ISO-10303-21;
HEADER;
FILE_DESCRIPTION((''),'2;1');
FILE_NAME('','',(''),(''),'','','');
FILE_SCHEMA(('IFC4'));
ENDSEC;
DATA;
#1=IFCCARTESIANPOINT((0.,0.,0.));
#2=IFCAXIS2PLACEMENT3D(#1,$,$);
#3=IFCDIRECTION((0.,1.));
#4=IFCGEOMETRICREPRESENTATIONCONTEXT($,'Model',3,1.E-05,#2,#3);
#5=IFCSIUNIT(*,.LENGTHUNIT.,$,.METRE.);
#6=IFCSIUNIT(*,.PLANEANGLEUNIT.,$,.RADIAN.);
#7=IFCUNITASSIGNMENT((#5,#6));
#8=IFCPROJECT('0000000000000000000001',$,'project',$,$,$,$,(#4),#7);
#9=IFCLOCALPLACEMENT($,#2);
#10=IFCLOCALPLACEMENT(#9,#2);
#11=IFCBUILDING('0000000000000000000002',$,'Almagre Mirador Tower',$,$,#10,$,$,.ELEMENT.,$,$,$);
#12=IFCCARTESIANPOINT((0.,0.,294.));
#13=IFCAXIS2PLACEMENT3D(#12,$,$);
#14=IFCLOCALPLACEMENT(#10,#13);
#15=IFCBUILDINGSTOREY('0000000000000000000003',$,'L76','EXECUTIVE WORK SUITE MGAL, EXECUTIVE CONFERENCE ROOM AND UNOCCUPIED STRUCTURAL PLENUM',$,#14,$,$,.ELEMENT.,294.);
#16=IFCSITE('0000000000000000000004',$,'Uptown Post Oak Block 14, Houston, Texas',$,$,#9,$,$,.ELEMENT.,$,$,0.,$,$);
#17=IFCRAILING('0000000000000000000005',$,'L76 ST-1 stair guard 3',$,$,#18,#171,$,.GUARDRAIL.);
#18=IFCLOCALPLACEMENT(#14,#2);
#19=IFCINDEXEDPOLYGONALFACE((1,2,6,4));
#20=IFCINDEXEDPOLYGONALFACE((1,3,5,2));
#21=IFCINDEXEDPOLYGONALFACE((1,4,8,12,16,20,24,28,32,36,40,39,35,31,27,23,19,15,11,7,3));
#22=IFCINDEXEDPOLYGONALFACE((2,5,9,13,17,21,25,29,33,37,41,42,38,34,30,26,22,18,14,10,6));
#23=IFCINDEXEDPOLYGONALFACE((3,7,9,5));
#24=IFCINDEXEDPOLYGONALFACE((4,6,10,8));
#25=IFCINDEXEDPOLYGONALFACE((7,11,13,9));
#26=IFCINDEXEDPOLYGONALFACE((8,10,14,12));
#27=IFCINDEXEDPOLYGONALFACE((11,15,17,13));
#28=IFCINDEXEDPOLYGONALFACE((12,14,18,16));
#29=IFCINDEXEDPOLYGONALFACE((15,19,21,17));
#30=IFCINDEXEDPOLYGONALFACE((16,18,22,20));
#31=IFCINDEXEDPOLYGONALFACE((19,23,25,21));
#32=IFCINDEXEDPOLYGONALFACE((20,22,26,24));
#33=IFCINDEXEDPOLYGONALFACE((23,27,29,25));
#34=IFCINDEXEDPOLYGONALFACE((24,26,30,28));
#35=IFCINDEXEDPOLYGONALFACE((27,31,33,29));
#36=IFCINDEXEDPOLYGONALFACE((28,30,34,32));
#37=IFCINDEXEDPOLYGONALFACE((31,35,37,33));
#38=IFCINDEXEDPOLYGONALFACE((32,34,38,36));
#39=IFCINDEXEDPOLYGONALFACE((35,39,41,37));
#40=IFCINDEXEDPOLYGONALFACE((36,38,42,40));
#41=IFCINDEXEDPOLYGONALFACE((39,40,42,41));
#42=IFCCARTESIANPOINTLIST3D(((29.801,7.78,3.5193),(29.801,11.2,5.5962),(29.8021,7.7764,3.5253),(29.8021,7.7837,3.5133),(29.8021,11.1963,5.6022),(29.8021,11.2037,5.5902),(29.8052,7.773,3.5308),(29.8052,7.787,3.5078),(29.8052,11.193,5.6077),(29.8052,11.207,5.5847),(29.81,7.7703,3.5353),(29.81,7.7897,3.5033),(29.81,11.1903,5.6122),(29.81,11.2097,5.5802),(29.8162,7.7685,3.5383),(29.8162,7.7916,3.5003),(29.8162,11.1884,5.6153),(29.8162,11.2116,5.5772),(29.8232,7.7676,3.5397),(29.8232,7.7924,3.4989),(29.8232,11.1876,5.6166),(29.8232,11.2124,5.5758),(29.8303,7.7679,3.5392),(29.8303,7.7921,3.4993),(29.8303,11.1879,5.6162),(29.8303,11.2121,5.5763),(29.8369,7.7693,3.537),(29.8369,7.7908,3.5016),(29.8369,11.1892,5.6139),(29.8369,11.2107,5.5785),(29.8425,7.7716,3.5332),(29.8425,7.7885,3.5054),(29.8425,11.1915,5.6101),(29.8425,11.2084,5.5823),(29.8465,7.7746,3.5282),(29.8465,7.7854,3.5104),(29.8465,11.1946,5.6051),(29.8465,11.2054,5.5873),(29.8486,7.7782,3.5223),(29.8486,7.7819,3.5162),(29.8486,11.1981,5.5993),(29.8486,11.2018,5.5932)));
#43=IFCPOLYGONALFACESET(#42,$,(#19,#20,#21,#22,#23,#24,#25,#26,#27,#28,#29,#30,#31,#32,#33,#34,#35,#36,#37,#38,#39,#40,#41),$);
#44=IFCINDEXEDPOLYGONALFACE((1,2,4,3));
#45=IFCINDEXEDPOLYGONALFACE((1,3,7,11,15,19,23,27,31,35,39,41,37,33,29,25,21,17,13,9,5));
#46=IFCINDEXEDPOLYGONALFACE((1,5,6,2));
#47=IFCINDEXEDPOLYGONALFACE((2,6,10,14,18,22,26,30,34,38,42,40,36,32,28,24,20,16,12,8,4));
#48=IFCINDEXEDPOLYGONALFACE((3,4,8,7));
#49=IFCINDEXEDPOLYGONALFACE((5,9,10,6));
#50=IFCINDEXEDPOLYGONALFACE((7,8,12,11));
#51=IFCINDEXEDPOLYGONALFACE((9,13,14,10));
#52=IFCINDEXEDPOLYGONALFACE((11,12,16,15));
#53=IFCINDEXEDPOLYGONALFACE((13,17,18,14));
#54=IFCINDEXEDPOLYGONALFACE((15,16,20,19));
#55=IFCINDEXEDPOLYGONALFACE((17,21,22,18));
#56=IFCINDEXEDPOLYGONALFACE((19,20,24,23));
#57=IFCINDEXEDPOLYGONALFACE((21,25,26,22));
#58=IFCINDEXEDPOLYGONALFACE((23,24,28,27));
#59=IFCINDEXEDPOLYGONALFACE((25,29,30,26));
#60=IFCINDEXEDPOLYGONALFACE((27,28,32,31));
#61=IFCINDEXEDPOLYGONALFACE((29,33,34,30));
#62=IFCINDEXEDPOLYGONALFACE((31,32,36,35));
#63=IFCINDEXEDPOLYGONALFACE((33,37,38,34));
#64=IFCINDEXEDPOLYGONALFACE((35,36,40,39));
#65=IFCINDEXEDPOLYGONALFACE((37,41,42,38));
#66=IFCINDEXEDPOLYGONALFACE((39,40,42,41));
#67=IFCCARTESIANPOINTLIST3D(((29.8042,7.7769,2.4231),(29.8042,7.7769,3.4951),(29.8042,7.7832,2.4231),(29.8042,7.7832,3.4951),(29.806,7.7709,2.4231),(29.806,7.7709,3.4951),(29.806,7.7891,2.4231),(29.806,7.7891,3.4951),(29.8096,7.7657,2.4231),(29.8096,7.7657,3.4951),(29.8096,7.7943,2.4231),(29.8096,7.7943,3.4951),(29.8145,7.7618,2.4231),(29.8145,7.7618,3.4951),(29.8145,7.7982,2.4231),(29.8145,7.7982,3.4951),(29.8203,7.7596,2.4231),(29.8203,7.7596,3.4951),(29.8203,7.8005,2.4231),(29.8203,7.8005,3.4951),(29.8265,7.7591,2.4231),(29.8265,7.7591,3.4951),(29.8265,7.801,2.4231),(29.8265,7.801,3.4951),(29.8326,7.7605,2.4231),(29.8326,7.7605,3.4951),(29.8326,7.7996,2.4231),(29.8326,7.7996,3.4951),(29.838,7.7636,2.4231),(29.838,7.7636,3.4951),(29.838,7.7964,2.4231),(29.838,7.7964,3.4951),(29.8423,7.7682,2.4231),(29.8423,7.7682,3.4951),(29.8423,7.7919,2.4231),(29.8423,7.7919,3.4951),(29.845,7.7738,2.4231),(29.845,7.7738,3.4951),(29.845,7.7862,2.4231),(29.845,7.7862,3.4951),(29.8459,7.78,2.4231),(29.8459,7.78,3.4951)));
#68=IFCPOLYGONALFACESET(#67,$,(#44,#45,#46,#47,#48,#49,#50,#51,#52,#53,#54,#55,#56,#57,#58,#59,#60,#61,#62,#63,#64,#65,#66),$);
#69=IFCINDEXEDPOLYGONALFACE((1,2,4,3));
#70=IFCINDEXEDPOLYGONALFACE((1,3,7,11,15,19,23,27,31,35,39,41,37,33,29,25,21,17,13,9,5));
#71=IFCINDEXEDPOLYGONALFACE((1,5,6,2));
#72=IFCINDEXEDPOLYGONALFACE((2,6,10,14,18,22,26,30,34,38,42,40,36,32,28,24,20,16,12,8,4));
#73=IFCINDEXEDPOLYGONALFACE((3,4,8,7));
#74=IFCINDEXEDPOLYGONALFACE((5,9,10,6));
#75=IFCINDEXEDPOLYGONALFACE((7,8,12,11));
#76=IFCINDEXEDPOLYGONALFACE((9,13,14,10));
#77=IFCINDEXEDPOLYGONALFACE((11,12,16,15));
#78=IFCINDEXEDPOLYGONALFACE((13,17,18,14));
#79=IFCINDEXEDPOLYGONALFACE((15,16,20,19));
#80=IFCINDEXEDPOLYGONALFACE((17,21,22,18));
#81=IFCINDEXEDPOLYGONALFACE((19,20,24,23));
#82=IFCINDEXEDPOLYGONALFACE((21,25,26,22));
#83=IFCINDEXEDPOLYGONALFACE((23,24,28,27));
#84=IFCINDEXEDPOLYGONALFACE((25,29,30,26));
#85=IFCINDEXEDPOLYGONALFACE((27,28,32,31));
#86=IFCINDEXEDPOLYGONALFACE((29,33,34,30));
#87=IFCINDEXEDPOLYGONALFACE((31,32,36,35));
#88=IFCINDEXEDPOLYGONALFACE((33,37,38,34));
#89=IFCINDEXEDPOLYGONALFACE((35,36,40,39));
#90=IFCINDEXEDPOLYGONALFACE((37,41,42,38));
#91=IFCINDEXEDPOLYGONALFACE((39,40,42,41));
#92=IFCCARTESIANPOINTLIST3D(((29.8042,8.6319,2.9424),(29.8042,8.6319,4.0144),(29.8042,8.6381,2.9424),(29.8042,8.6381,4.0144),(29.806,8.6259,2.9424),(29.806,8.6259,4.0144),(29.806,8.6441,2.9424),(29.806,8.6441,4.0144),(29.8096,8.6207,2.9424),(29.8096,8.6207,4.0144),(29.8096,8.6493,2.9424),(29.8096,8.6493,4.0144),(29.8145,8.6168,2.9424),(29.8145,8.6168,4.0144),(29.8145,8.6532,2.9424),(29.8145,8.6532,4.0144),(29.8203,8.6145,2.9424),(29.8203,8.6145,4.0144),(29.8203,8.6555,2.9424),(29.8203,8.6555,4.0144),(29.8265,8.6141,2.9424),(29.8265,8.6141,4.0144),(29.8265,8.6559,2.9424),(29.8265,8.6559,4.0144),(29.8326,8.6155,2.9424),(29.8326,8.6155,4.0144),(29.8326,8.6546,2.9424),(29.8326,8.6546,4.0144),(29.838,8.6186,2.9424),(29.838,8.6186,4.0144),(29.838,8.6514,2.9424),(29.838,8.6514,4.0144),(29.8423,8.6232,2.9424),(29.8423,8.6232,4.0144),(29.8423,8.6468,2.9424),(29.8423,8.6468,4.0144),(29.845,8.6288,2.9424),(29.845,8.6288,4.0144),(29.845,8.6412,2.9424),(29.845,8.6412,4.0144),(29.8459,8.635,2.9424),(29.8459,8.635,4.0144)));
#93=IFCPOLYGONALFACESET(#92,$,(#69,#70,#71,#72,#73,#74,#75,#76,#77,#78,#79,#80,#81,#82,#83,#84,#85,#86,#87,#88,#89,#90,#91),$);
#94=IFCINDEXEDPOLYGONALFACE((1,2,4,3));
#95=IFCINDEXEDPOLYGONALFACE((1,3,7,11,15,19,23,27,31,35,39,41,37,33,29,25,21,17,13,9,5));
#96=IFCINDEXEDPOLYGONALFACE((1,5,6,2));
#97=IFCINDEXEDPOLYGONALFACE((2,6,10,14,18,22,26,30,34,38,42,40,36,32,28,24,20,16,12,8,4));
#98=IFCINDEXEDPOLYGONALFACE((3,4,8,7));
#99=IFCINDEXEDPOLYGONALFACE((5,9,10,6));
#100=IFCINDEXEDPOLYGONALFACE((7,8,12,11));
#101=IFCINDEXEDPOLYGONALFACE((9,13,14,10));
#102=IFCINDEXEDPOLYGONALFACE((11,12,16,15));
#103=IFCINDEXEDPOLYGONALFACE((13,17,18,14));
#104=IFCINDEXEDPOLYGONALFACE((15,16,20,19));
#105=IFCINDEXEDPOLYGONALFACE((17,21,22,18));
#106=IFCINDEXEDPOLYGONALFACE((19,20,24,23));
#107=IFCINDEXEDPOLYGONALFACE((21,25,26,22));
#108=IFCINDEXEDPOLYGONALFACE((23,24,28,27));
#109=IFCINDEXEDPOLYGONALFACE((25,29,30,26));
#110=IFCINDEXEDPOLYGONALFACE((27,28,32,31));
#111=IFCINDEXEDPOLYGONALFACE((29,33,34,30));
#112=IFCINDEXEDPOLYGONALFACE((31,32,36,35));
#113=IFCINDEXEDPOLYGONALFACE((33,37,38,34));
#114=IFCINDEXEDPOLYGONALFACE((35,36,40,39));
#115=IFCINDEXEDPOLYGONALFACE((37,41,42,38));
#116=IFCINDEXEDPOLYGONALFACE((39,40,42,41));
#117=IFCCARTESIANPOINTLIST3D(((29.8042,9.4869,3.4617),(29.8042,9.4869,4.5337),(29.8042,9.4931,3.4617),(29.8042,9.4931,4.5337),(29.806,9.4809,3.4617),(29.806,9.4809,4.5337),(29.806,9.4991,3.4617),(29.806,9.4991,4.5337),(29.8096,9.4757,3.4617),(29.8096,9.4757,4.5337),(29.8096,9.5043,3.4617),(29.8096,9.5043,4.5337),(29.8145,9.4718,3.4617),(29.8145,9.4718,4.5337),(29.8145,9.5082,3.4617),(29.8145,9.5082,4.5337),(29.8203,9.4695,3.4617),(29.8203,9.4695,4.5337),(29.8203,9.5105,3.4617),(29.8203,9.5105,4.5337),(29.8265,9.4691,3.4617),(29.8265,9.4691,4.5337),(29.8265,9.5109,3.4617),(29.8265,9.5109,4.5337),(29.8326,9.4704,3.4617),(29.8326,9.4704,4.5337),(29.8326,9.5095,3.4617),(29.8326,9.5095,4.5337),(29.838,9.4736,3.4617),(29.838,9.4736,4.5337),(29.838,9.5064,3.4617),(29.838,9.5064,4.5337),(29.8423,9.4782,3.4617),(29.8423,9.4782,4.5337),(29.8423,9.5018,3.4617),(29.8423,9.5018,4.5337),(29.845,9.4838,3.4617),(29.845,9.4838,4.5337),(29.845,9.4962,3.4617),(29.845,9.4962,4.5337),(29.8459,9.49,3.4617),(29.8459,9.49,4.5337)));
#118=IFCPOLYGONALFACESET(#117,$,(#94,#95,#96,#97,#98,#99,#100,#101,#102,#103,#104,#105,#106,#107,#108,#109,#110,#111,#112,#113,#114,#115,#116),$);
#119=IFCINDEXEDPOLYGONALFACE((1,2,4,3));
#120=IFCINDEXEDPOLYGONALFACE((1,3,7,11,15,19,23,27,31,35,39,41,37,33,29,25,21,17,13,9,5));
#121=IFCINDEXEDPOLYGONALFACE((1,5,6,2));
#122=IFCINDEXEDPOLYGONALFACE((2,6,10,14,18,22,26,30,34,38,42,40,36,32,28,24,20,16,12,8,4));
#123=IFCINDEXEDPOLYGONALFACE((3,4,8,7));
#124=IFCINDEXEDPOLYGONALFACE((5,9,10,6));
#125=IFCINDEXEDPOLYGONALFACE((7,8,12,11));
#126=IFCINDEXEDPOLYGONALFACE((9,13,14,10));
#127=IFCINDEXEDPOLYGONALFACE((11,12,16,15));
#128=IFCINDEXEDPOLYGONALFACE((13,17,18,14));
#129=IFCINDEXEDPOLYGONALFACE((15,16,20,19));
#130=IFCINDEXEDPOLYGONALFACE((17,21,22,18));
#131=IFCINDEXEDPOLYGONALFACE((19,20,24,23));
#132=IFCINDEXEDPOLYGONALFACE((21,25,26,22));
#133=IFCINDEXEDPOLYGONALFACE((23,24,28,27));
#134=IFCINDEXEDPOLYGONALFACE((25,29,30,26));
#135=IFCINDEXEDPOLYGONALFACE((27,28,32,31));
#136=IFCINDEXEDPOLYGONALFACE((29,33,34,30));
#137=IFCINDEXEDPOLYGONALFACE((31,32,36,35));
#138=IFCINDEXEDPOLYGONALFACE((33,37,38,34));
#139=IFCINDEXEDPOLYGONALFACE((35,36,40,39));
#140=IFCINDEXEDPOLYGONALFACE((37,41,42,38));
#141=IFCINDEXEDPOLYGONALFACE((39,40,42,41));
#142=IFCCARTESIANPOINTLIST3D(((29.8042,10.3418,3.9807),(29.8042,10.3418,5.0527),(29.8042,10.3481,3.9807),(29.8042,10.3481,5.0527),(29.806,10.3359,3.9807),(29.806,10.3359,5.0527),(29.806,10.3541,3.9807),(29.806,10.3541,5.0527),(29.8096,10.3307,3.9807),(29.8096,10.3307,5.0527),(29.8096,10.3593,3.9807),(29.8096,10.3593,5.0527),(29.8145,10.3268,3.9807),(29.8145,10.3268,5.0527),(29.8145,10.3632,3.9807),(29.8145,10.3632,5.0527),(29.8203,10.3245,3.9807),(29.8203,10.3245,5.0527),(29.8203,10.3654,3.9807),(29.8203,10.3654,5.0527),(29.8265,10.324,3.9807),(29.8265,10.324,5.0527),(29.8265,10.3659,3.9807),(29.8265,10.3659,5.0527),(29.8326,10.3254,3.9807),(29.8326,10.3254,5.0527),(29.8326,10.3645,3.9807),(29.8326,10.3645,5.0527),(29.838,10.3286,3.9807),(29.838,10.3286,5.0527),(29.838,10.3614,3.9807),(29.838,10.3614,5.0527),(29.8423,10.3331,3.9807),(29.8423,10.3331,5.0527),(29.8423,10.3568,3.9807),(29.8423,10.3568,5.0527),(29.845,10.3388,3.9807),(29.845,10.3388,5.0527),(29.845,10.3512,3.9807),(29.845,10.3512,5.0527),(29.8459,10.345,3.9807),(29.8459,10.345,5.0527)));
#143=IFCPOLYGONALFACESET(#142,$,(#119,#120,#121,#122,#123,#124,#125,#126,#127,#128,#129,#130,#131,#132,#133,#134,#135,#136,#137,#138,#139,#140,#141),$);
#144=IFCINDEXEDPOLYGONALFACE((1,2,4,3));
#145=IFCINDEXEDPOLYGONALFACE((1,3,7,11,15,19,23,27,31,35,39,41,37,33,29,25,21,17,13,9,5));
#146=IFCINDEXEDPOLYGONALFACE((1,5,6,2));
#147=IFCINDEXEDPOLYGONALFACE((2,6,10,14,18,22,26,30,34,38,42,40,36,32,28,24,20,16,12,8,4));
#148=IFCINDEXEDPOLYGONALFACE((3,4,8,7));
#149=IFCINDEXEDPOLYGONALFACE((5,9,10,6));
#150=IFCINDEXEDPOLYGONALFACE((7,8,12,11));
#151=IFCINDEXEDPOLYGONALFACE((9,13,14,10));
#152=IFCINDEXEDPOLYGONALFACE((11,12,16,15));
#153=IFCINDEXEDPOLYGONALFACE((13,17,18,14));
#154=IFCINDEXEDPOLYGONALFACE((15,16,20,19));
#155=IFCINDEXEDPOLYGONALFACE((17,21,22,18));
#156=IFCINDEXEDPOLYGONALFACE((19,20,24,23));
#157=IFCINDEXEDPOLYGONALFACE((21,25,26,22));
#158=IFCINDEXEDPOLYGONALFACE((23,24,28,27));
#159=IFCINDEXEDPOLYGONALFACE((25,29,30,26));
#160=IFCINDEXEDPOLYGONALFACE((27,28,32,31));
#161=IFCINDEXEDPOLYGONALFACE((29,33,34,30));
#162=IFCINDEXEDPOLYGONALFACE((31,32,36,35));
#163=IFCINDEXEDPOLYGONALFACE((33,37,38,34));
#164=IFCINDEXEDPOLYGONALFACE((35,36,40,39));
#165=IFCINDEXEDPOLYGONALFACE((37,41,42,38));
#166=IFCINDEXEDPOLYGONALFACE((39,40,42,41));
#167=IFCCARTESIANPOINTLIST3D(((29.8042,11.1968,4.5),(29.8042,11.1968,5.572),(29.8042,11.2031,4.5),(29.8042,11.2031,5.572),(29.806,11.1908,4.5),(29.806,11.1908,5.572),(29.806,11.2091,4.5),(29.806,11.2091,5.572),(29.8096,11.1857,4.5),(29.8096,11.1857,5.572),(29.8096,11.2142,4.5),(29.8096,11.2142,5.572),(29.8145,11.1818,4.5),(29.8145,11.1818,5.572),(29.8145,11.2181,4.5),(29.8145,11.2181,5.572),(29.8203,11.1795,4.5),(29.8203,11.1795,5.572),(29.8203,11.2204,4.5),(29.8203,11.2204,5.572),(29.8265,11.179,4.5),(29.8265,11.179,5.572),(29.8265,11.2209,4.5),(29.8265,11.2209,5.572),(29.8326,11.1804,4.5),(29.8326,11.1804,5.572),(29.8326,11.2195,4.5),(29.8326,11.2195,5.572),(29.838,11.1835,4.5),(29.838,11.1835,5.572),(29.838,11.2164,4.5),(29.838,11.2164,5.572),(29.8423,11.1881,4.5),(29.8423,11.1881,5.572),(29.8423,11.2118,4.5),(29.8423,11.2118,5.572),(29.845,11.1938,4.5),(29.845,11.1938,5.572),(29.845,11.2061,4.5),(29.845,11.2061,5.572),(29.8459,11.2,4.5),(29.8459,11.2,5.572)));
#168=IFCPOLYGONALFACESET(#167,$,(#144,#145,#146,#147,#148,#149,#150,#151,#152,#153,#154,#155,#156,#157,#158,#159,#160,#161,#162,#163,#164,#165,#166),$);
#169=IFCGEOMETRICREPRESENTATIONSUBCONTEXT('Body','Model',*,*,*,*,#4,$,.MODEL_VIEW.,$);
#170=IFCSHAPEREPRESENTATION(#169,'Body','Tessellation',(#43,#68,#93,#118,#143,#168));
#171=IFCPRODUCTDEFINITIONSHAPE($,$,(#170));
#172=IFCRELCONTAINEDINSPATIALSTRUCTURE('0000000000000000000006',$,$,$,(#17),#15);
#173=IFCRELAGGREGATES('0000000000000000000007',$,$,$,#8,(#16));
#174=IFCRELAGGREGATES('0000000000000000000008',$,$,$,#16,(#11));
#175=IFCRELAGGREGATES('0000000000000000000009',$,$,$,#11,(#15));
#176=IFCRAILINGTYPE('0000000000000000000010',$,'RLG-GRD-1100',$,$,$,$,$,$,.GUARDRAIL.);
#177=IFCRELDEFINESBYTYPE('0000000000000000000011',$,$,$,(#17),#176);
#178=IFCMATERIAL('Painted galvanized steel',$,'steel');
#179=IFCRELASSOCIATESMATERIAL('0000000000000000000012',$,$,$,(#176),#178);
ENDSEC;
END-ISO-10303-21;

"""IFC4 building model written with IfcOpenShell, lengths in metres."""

from ifc_helpers import new_model, si_unit, direction, frame, origin, origin_2d, place, context, subcontext, project, spatial, circle, extrude, material, type_object, element, save


model = new_model("IFC4")

# Units and contexts
model_context = context("Model", 3, precision=1e-05, world=origin(), true_north=direction((0.0, 1.0)))
body_context = subcontext(model_context, "Body", "Model", "MODEL_VIEW")
ifc_project = project(units=[si_unit("LENGTHUNIT", "METRE"), si_unit("PLANEANGLEUNIT", "RADIAN")], contexts=[model_context])

# Site, building, storey
site_placement = place(None, origin())
site = spatial("IfcSite", under=ifc_project, at=site_placement, Name="Uptown Post Oak Block 14, Houston, Texas", CompositionType="ELEMENT", RefElevation=0.0)
building_placement = place(site_placement, origin())
building = spatial("IfcBuilding", under=site, at=building_placement, Name="Almagre Mirador Tower", CompositionType="ELEMENT")
storey_placement = place(building_placement, frame((0.0, 0.0, 294.0)))
storey = spatial("IfcBuildingStorey", under=building, at=storey_placement, Name="L76", Description="EXECUTIVE WORK SUITE MGAL, EXECUTIVE CONFERENCE ROOM AND UNOCCUPIED STRUCTURAL PLENUM", CompositionType="ELEMENT", Elevation=294.0)

# Railing
ifc_material_1 = material(Name="Painted galvanized steel", Category="steel")
railing_type_1 = type_object("IfcRailingType", Name="RLG-GRD-1100", PredefinedType="GUARDRAIL", material=ifc_material_1)
railing_1_placement = place(storey_placement, frame((29.825, 7.78, 2.4231)))
element("IfcRailing", 1, at=railing_1_placement, inside=storey, type_object=railing_type_1, Name="L76 ST-1 stair guard 3", PredefinedType="GUARDRAIL", context=body_context, shape_type="SweptSolid", body=[
    extrude(circle(Radius=0.0239, at=origin_2d()), frame((0.0, 0.0, 1.0962), z_axis=(0.0, 0.85473, 0.519074), x_axis=(-1.0, 0.0, 0.0)), (0.0, 0.0, 1.0), 4.0012),
    extrude(circle(Radius=0.021, at=origin_2d()), origin(), (0.0, 0.0, 1.0), 1.072),
    extrude(circle(Radius=0.021, at=origin_2d()), frame((0.0, 0.855, 0.5193)), (0.0, 0.0, 1.0), 1.072),
    extrude(circle(Radius=0.021, at=origin_2d()), frame((0.0, 1.71, 1.0386)), (0.0, 0.0, 1.0), 1.072),
    extrude(circle(Radius=0.021, at=origin_2d()), frame((0.0, 2.5649, 1.5576)), (0.0, 0.0, 1.0), 1.072),
    extrude(circle(Radius=0.021, at=origin_2d()), frame((0.0, 3.4199, 2.0769)), (0.0, 0.0, 1.0), 1.072),
])

save(model, "model.ifc")
